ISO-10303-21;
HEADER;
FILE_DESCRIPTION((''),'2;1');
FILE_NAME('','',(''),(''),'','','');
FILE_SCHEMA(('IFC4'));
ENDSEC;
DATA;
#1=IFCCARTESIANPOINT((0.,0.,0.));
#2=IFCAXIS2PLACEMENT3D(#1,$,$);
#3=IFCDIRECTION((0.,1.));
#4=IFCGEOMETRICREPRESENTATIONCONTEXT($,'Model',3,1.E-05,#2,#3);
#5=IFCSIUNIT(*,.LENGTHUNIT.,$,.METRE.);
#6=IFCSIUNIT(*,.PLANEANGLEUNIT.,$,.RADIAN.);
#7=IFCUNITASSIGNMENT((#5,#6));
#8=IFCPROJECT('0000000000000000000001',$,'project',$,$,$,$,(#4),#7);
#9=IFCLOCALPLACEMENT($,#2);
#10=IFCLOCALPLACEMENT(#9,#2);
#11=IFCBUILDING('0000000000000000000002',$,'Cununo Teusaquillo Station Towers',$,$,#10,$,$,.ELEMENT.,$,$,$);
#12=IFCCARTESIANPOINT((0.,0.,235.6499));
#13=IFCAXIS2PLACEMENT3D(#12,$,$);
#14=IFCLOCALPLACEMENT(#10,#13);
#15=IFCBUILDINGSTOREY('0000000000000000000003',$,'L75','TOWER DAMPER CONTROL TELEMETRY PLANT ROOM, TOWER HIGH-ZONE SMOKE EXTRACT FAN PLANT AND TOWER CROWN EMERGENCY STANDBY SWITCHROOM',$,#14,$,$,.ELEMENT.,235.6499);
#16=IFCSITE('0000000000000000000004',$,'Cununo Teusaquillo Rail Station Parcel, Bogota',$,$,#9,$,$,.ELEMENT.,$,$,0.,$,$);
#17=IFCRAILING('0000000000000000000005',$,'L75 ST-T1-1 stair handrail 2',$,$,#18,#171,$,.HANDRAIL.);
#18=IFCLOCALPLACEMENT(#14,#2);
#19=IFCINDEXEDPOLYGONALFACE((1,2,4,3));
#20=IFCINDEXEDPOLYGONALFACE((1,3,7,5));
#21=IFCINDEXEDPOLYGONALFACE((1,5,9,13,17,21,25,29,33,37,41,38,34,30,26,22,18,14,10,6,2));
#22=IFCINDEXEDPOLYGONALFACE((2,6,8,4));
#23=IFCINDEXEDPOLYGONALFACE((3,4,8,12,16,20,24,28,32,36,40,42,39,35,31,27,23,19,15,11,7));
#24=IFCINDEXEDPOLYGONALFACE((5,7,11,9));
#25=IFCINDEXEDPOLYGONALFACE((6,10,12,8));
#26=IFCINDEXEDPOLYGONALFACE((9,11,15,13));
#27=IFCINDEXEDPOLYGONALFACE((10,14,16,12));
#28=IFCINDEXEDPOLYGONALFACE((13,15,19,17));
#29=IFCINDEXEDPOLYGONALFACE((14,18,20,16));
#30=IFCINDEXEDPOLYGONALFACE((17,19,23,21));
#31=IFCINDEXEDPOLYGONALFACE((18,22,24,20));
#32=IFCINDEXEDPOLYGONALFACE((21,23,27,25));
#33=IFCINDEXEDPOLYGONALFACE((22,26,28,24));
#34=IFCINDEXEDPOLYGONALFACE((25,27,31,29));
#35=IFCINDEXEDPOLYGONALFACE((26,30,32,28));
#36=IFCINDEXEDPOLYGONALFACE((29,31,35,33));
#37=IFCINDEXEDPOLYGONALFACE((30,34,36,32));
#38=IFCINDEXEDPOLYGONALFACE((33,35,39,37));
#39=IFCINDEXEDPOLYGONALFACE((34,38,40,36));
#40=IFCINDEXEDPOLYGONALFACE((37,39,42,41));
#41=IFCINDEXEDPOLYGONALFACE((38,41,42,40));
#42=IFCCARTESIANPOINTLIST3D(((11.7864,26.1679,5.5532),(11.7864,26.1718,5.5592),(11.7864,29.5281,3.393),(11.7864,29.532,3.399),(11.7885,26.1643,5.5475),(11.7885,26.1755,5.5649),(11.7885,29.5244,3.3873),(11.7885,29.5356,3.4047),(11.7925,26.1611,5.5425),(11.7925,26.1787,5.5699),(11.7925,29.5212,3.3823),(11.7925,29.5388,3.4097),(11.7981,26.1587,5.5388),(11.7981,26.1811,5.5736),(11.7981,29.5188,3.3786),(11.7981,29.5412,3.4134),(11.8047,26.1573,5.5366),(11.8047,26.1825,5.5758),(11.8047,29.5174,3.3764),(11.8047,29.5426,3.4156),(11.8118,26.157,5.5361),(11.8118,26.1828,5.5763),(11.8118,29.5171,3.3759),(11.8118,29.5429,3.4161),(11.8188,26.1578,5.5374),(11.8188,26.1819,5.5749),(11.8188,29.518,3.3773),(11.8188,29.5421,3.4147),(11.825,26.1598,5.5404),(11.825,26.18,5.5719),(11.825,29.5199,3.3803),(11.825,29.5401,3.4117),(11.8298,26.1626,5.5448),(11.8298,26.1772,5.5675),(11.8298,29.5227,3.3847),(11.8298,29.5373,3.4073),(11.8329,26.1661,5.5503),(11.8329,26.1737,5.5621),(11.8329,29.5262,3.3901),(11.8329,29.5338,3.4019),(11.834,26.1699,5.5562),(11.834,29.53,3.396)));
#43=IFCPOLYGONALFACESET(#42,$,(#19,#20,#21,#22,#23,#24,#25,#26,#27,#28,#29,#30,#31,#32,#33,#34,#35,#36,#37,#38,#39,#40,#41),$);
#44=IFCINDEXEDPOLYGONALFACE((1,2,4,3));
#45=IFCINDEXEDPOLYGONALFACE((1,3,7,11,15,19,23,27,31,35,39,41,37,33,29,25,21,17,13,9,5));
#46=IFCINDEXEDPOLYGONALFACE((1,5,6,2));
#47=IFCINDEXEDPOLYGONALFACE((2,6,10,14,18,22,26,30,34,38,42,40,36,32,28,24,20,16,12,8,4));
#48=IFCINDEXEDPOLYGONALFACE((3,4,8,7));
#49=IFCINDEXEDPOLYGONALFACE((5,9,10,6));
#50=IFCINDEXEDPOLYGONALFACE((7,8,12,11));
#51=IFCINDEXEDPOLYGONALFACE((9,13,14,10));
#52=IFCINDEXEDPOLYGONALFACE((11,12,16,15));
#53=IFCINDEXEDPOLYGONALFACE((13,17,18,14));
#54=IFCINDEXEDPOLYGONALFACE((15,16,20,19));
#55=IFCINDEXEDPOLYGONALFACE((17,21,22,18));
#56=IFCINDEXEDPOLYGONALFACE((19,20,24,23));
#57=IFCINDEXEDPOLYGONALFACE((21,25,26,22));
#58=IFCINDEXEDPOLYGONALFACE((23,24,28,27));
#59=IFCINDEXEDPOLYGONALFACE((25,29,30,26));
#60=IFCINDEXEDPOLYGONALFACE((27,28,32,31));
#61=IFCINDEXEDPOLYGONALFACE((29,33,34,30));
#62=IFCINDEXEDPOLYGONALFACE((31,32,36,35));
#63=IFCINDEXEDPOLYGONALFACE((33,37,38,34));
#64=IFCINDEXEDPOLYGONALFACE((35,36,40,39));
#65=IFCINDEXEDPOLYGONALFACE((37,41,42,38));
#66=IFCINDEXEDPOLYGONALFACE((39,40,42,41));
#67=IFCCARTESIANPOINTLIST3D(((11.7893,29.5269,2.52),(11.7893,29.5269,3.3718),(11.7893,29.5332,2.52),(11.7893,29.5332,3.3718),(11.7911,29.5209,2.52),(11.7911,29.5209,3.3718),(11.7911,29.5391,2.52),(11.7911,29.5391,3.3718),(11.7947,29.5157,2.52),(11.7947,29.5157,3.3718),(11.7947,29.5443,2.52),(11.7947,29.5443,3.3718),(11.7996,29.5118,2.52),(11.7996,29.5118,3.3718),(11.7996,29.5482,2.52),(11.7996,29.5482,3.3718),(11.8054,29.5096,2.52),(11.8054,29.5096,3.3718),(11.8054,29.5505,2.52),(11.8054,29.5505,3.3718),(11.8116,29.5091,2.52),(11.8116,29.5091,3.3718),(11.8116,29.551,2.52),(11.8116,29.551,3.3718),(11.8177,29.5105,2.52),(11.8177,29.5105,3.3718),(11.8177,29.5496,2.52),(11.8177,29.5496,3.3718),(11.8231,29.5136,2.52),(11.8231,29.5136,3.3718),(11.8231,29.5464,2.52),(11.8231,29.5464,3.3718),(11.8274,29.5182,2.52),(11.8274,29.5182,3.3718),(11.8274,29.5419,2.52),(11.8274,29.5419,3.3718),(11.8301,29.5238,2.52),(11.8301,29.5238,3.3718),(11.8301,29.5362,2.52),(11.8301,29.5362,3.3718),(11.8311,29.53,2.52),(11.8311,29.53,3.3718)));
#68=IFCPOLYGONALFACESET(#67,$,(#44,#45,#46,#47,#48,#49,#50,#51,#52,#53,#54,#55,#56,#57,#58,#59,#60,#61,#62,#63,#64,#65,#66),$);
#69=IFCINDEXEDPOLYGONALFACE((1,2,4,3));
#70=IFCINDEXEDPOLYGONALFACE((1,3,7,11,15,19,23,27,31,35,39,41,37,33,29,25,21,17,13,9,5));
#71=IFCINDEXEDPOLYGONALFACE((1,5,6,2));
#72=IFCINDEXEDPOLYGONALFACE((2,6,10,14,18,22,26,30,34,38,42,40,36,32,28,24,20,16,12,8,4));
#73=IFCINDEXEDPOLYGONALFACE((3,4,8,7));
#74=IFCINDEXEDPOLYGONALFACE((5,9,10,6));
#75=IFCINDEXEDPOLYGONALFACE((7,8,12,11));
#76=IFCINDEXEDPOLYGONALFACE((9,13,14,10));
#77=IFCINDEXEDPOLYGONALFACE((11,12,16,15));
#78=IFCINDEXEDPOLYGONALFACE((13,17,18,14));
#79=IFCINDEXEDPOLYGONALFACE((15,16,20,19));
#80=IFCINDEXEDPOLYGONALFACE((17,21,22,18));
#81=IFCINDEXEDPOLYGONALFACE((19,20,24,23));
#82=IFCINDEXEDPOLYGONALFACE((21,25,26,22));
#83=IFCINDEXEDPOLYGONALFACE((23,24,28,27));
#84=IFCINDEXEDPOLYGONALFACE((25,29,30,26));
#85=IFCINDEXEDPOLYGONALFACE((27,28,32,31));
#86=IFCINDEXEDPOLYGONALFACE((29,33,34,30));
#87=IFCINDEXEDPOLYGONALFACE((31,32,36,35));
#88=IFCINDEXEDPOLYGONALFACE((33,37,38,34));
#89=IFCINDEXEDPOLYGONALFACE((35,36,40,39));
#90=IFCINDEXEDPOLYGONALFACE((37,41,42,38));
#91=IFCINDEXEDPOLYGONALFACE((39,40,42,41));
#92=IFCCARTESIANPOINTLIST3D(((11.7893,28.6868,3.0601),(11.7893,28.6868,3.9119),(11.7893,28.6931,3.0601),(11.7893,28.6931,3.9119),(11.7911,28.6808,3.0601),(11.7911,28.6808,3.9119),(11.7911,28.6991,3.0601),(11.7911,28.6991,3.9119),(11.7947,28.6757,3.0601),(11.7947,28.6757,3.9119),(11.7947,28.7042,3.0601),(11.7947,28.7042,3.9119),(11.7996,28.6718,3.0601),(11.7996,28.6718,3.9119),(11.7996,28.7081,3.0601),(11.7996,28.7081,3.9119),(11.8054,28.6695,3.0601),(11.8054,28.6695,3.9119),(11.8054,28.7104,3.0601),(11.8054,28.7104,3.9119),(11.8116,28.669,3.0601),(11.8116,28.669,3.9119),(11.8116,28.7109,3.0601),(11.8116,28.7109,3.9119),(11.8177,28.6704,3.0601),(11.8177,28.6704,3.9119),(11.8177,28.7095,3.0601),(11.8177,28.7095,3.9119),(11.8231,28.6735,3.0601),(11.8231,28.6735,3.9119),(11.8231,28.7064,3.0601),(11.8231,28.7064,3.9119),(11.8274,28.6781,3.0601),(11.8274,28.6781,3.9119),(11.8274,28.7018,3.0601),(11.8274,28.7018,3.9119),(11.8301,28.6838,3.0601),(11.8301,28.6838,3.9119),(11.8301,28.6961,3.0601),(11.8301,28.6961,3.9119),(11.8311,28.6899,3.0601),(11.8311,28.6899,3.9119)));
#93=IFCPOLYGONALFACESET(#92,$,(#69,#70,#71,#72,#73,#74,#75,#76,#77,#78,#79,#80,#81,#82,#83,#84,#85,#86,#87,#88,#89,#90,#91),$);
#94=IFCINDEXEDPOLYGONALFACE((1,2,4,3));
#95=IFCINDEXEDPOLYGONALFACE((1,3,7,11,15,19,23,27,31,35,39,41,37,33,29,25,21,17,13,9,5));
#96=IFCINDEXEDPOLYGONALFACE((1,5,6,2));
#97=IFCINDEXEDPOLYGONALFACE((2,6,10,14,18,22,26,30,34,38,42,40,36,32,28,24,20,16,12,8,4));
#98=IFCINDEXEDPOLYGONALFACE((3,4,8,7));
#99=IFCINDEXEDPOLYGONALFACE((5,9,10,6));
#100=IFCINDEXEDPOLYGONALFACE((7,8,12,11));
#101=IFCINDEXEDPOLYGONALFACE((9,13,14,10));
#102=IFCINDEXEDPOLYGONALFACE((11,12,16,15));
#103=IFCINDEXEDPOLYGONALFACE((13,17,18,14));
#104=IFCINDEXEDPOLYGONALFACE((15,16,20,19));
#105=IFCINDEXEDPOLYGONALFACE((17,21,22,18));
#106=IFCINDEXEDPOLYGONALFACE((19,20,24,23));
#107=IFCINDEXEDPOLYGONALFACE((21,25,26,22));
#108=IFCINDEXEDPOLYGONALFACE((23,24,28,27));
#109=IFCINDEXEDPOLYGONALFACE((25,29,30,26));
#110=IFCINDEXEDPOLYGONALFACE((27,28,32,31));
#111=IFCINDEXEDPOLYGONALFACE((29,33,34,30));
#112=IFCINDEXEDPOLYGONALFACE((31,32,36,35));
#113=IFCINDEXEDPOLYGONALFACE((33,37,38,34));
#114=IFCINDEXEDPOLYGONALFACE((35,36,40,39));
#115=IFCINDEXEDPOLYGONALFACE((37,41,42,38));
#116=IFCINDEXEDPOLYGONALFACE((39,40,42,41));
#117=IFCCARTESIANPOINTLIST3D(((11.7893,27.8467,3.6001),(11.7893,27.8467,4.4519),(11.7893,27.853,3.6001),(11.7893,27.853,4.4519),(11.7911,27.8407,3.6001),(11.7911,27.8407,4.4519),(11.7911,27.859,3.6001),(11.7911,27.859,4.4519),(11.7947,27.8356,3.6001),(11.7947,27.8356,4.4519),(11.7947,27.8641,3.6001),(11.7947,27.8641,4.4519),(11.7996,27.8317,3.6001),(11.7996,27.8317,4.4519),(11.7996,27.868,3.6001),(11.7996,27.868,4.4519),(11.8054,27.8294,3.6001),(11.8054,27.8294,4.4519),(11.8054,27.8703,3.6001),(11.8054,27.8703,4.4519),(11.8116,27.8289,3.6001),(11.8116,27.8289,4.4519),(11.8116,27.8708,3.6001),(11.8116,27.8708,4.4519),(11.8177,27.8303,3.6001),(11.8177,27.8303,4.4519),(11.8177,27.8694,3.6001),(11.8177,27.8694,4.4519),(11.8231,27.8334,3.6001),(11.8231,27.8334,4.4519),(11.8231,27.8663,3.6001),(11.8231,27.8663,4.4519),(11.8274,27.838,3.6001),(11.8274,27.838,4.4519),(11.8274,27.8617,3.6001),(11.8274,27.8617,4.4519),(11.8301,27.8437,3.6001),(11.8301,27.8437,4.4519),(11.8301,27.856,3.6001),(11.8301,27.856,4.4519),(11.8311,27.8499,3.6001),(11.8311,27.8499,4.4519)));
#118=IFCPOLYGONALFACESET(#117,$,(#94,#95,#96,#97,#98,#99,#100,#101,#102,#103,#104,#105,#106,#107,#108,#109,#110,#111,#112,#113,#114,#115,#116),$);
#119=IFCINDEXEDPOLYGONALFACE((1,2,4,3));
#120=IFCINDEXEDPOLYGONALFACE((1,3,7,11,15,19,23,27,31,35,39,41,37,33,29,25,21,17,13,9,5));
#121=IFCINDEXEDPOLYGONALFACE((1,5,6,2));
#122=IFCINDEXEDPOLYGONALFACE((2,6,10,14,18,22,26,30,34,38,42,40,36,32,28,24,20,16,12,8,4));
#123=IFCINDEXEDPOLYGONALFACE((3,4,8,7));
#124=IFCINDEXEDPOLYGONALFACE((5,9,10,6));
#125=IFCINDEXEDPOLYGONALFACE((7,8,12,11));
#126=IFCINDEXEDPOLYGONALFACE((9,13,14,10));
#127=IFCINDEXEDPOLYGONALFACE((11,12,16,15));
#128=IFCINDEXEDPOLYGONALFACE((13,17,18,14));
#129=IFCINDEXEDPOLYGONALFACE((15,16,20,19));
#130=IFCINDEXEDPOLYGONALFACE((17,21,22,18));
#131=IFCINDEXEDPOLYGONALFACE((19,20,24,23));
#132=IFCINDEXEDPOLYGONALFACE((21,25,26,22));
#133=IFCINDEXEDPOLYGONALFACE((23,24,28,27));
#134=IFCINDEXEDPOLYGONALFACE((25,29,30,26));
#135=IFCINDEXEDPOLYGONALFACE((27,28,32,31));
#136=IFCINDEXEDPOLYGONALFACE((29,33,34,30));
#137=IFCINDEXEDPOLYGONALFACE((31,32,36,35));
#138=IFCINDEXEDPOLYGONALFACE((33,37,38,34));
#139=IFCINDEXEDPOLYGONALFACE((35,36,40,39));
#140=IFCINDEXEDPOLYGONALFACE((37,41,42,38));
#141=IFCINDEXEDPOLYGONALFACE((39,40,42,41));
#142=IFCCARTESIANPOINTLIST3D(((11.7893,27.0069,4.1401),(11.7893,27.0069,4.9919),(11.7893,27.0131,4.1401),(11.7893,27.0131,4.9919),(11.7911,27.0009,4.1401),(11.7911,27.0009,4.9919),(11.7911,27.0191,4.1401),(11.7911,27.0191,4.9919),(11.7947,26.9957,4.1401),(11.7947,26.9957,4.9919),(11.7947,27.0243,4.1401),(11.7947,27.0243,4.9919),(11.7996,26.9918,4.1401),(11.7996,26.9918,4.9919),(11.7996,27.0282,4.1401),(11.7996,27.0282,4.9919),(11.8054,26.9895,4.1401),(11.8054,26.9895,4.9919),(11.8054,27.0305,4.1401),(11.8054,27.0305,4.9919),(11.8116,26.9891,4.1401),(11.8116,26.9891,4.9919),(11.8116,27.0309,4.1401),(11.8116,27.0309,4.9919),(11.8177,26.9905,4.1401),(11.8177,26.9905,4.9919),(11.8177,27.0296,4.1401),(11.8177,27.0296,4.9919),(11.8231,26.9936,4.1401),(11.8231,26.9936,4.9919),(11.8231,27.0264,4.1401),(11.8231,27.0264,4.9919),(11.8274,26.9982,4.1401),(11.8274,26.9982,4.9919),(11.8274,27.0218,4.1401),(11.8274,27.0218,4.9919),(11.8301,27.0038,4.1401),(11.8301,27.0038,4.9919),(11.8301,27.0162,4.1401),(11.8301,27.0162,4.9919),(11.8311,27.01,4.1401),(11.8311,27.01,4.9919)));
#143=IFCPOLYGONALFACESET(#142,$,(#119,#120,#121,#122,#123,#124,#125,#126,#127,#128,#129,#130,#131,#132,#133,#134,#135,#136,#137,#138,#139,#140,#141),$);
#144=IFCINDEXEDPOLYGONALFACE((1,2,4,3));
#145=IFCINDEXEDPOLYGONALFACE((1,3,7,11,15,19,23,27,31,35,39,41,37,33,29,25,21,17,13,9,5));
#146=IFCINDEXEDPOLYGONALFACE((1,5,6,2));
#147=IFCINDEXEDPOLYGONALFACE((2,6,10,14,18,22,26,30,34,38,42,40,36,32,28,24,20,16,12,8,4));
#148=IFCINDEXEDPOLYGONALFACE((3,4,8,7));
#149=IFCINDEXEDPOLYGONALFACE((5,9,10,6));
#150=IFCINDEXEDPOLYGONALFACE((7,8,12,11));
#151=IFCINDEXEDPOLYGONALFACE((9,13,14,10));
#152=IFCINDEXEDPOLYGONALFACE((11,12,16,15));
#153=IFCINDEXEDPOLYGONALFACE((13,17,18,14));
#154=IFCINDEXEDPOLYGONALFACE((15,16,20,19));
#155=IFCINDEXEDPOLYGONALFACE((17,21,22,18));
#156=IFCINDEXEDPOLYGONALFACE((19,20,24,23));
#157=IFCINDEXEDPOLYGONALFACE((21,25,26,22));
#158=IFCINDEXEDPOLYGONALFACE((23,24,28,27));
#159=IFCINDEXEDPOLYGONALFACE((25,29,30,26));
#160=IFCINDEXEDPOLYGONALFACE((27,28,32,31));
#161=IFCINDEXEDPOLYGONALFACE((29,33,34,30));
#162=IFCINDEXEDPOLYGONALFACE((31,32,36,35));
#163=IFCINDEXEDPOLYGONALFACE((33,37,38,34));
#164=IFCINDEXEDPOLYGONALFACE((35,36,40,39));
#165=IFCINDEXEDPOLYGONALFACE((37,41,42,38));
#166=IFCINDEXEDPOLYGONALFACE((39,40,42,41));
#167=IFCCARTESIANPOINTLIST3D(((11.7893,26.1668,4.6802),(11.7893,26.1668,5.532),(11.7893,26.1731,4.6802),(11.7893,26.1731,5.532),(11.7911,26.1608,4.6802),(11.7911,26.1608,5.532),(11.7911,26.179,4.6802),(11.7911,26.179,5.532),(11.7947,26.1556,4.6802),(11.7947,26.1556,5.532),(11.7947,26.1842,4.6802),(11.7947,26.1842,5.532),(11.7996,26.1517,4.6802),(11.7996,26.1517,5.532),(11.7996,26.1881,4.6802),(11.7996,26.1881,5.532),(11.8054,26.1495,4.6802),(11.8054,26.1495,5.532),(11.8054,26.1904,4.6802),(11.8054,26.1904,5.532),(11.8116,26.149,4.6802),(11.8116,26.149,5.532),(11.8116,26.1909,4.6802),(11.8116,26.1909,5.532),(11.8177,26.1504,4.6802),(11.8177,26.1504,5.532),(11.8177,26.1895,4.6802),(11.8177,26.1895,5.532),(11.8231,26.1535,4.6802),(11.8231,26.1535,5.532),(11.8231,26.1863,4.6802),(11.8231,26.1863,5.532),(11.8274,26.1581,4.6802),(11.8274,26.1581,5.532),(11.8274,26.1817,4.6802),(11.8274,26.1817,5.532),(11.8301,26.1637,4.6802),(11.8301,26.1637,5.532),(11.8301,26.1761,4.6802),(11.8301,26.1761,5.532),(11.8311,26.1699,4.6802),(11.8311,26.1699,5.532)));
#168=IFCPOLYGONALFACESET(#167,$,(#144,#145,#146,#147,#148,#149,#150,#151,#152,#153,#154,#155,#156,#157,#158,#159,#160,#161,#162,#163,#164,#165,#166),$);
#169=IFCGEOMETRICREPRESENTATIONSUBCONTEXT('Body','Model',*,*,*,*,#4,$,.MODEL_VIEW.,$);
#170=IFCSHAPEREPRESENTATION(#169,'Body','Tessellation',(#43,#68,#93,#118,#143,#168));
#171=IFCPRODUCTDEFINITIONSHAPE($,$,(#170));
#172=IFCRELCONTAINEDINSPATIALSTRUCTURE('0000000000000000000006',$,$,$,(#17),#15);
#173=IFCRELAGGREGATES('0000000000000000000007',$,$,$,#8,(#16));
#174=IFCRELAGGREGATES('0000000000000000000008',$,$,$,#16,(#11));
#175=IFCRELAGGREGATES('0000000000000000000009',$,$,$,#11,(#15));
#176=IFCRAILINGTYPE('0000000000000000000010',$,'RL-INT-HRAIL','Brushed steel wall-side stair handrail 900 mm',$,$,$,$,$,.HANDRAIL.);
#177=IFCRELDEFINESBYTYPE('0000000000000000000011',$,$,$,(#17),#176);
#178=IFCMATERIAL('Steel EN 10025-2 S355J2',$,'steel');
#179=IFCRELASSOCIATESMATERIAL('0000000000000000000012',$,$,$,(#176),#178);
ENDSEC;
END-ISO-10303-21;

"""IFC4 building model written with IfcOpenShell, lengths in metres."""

from ifc_helpers import new_model, si_unit, direction, frame, origin, origin_2d, place, context, subcontext, project, spatial, circle, extrude, material, type_object, element, save


model = new_model("IFC4")

# Units and contexts
model_context = context("Model", 3, precision=1e-05, world=origin(), true_north=direction((0.0, 1.0)))
body_context = subcontext(model_context, "Body", "Model", "MODEL_VIEW")
ifc_project = project(units=[si_unit("LENGTHUNIT", "METRE"), si_unit("PLANEANGLEUNIT", "RADIAN")], contexts=[model_context])

# Site, building, storey
site_placement = place(None, origin())
site = spatial("IfcSite", under=ifc_project, at=site_placement, Name="Cununo Teusaquillo Rail Station Parcel, Bogota", CompositionType="ELEMENT", RefElevation=0.0)
building_placement = place(site_placement, origin())
building = spatial("IfcBuilding", under=site, at=building_placement, Name="Cununo Teusaquillo Station Towers", CompositionType="ELEMENT")
storey_placement = place(building_placement, frame((0.0, 0.0, 235.6499)))
storey = spatial("IfcBuildingStorey", under=building, at=storey_placement, Name="L75", Description="TOWER DAMPER CONTROL TELEMETRY PLANT ROOM, TOWER HIGH-ZONE SMOKE EXTRACT FAN PLANT AND TOWER CROWN EMERGENCY STANDBY SWITCHROOM", CompositionType="ELEMENT", Elevation=235.6499)

# Railing
ifc_material_1 = material(Name="Steel EN 10025-2 S355J2", Category="steel")
railing_type_1 = type_object("IfcRailingType", Name="RL-INT-HRAIL", Description="Brushed steel wall-side stair handrail 900 mm", PredefinedType="HANDRAIL", material=ifc_material_1)
railing_1_placement = place(storey_placement, frame((11.8101, 29.53, 2.52)))
element("IfcRailing", 1, at=railing_1_placement, inside=storey, type_object=railing_type_1, Name="L75 ST-T1-1 stair handrail 2", PredefinedType="HANDRAIL", context=body_context, shape_type="SweptSolid", body=[
    extrude(circle(Radius=0.0239, at=origin_2d()), frame((0.0, 0.0, 0.876), z_axis=(0.0, -0.841169, 0.540773), x_axis=(1.0, 0.0, 0.0)), (0.0, 0.0, 1.0), 3.9946),
    extrude(circle(Radius=0.021, at=origin_2d()), origin(), (0.0, 0.0, 1.0), 0.8518),
    extrude(circle(Radius=0.021, at=origin_2d()), frame((0.0, -0.8401, 0.54)), (0.0, 0.0, 1.0), 0.8518),
    extrude(circle(Radius=0.021, at=origin_2d()), frame((0.0, -1.6802, 1.0801)), (0.0, 0.0, 1.0), 0.8518),
    extrude(circle(Radius=0.021, at=origin_2d()), frame((0.0, -2.52, 1.6201)), (0.0, 0.0, 1.0), 0.8518),
    extrude(circle(Radius=0.021, at=origin_2d()), frame((0.0, -3.3601, 2.1602)), (0.0, 0.0, 1.0), 0.8518),
])

save(model, "model.ifc")
